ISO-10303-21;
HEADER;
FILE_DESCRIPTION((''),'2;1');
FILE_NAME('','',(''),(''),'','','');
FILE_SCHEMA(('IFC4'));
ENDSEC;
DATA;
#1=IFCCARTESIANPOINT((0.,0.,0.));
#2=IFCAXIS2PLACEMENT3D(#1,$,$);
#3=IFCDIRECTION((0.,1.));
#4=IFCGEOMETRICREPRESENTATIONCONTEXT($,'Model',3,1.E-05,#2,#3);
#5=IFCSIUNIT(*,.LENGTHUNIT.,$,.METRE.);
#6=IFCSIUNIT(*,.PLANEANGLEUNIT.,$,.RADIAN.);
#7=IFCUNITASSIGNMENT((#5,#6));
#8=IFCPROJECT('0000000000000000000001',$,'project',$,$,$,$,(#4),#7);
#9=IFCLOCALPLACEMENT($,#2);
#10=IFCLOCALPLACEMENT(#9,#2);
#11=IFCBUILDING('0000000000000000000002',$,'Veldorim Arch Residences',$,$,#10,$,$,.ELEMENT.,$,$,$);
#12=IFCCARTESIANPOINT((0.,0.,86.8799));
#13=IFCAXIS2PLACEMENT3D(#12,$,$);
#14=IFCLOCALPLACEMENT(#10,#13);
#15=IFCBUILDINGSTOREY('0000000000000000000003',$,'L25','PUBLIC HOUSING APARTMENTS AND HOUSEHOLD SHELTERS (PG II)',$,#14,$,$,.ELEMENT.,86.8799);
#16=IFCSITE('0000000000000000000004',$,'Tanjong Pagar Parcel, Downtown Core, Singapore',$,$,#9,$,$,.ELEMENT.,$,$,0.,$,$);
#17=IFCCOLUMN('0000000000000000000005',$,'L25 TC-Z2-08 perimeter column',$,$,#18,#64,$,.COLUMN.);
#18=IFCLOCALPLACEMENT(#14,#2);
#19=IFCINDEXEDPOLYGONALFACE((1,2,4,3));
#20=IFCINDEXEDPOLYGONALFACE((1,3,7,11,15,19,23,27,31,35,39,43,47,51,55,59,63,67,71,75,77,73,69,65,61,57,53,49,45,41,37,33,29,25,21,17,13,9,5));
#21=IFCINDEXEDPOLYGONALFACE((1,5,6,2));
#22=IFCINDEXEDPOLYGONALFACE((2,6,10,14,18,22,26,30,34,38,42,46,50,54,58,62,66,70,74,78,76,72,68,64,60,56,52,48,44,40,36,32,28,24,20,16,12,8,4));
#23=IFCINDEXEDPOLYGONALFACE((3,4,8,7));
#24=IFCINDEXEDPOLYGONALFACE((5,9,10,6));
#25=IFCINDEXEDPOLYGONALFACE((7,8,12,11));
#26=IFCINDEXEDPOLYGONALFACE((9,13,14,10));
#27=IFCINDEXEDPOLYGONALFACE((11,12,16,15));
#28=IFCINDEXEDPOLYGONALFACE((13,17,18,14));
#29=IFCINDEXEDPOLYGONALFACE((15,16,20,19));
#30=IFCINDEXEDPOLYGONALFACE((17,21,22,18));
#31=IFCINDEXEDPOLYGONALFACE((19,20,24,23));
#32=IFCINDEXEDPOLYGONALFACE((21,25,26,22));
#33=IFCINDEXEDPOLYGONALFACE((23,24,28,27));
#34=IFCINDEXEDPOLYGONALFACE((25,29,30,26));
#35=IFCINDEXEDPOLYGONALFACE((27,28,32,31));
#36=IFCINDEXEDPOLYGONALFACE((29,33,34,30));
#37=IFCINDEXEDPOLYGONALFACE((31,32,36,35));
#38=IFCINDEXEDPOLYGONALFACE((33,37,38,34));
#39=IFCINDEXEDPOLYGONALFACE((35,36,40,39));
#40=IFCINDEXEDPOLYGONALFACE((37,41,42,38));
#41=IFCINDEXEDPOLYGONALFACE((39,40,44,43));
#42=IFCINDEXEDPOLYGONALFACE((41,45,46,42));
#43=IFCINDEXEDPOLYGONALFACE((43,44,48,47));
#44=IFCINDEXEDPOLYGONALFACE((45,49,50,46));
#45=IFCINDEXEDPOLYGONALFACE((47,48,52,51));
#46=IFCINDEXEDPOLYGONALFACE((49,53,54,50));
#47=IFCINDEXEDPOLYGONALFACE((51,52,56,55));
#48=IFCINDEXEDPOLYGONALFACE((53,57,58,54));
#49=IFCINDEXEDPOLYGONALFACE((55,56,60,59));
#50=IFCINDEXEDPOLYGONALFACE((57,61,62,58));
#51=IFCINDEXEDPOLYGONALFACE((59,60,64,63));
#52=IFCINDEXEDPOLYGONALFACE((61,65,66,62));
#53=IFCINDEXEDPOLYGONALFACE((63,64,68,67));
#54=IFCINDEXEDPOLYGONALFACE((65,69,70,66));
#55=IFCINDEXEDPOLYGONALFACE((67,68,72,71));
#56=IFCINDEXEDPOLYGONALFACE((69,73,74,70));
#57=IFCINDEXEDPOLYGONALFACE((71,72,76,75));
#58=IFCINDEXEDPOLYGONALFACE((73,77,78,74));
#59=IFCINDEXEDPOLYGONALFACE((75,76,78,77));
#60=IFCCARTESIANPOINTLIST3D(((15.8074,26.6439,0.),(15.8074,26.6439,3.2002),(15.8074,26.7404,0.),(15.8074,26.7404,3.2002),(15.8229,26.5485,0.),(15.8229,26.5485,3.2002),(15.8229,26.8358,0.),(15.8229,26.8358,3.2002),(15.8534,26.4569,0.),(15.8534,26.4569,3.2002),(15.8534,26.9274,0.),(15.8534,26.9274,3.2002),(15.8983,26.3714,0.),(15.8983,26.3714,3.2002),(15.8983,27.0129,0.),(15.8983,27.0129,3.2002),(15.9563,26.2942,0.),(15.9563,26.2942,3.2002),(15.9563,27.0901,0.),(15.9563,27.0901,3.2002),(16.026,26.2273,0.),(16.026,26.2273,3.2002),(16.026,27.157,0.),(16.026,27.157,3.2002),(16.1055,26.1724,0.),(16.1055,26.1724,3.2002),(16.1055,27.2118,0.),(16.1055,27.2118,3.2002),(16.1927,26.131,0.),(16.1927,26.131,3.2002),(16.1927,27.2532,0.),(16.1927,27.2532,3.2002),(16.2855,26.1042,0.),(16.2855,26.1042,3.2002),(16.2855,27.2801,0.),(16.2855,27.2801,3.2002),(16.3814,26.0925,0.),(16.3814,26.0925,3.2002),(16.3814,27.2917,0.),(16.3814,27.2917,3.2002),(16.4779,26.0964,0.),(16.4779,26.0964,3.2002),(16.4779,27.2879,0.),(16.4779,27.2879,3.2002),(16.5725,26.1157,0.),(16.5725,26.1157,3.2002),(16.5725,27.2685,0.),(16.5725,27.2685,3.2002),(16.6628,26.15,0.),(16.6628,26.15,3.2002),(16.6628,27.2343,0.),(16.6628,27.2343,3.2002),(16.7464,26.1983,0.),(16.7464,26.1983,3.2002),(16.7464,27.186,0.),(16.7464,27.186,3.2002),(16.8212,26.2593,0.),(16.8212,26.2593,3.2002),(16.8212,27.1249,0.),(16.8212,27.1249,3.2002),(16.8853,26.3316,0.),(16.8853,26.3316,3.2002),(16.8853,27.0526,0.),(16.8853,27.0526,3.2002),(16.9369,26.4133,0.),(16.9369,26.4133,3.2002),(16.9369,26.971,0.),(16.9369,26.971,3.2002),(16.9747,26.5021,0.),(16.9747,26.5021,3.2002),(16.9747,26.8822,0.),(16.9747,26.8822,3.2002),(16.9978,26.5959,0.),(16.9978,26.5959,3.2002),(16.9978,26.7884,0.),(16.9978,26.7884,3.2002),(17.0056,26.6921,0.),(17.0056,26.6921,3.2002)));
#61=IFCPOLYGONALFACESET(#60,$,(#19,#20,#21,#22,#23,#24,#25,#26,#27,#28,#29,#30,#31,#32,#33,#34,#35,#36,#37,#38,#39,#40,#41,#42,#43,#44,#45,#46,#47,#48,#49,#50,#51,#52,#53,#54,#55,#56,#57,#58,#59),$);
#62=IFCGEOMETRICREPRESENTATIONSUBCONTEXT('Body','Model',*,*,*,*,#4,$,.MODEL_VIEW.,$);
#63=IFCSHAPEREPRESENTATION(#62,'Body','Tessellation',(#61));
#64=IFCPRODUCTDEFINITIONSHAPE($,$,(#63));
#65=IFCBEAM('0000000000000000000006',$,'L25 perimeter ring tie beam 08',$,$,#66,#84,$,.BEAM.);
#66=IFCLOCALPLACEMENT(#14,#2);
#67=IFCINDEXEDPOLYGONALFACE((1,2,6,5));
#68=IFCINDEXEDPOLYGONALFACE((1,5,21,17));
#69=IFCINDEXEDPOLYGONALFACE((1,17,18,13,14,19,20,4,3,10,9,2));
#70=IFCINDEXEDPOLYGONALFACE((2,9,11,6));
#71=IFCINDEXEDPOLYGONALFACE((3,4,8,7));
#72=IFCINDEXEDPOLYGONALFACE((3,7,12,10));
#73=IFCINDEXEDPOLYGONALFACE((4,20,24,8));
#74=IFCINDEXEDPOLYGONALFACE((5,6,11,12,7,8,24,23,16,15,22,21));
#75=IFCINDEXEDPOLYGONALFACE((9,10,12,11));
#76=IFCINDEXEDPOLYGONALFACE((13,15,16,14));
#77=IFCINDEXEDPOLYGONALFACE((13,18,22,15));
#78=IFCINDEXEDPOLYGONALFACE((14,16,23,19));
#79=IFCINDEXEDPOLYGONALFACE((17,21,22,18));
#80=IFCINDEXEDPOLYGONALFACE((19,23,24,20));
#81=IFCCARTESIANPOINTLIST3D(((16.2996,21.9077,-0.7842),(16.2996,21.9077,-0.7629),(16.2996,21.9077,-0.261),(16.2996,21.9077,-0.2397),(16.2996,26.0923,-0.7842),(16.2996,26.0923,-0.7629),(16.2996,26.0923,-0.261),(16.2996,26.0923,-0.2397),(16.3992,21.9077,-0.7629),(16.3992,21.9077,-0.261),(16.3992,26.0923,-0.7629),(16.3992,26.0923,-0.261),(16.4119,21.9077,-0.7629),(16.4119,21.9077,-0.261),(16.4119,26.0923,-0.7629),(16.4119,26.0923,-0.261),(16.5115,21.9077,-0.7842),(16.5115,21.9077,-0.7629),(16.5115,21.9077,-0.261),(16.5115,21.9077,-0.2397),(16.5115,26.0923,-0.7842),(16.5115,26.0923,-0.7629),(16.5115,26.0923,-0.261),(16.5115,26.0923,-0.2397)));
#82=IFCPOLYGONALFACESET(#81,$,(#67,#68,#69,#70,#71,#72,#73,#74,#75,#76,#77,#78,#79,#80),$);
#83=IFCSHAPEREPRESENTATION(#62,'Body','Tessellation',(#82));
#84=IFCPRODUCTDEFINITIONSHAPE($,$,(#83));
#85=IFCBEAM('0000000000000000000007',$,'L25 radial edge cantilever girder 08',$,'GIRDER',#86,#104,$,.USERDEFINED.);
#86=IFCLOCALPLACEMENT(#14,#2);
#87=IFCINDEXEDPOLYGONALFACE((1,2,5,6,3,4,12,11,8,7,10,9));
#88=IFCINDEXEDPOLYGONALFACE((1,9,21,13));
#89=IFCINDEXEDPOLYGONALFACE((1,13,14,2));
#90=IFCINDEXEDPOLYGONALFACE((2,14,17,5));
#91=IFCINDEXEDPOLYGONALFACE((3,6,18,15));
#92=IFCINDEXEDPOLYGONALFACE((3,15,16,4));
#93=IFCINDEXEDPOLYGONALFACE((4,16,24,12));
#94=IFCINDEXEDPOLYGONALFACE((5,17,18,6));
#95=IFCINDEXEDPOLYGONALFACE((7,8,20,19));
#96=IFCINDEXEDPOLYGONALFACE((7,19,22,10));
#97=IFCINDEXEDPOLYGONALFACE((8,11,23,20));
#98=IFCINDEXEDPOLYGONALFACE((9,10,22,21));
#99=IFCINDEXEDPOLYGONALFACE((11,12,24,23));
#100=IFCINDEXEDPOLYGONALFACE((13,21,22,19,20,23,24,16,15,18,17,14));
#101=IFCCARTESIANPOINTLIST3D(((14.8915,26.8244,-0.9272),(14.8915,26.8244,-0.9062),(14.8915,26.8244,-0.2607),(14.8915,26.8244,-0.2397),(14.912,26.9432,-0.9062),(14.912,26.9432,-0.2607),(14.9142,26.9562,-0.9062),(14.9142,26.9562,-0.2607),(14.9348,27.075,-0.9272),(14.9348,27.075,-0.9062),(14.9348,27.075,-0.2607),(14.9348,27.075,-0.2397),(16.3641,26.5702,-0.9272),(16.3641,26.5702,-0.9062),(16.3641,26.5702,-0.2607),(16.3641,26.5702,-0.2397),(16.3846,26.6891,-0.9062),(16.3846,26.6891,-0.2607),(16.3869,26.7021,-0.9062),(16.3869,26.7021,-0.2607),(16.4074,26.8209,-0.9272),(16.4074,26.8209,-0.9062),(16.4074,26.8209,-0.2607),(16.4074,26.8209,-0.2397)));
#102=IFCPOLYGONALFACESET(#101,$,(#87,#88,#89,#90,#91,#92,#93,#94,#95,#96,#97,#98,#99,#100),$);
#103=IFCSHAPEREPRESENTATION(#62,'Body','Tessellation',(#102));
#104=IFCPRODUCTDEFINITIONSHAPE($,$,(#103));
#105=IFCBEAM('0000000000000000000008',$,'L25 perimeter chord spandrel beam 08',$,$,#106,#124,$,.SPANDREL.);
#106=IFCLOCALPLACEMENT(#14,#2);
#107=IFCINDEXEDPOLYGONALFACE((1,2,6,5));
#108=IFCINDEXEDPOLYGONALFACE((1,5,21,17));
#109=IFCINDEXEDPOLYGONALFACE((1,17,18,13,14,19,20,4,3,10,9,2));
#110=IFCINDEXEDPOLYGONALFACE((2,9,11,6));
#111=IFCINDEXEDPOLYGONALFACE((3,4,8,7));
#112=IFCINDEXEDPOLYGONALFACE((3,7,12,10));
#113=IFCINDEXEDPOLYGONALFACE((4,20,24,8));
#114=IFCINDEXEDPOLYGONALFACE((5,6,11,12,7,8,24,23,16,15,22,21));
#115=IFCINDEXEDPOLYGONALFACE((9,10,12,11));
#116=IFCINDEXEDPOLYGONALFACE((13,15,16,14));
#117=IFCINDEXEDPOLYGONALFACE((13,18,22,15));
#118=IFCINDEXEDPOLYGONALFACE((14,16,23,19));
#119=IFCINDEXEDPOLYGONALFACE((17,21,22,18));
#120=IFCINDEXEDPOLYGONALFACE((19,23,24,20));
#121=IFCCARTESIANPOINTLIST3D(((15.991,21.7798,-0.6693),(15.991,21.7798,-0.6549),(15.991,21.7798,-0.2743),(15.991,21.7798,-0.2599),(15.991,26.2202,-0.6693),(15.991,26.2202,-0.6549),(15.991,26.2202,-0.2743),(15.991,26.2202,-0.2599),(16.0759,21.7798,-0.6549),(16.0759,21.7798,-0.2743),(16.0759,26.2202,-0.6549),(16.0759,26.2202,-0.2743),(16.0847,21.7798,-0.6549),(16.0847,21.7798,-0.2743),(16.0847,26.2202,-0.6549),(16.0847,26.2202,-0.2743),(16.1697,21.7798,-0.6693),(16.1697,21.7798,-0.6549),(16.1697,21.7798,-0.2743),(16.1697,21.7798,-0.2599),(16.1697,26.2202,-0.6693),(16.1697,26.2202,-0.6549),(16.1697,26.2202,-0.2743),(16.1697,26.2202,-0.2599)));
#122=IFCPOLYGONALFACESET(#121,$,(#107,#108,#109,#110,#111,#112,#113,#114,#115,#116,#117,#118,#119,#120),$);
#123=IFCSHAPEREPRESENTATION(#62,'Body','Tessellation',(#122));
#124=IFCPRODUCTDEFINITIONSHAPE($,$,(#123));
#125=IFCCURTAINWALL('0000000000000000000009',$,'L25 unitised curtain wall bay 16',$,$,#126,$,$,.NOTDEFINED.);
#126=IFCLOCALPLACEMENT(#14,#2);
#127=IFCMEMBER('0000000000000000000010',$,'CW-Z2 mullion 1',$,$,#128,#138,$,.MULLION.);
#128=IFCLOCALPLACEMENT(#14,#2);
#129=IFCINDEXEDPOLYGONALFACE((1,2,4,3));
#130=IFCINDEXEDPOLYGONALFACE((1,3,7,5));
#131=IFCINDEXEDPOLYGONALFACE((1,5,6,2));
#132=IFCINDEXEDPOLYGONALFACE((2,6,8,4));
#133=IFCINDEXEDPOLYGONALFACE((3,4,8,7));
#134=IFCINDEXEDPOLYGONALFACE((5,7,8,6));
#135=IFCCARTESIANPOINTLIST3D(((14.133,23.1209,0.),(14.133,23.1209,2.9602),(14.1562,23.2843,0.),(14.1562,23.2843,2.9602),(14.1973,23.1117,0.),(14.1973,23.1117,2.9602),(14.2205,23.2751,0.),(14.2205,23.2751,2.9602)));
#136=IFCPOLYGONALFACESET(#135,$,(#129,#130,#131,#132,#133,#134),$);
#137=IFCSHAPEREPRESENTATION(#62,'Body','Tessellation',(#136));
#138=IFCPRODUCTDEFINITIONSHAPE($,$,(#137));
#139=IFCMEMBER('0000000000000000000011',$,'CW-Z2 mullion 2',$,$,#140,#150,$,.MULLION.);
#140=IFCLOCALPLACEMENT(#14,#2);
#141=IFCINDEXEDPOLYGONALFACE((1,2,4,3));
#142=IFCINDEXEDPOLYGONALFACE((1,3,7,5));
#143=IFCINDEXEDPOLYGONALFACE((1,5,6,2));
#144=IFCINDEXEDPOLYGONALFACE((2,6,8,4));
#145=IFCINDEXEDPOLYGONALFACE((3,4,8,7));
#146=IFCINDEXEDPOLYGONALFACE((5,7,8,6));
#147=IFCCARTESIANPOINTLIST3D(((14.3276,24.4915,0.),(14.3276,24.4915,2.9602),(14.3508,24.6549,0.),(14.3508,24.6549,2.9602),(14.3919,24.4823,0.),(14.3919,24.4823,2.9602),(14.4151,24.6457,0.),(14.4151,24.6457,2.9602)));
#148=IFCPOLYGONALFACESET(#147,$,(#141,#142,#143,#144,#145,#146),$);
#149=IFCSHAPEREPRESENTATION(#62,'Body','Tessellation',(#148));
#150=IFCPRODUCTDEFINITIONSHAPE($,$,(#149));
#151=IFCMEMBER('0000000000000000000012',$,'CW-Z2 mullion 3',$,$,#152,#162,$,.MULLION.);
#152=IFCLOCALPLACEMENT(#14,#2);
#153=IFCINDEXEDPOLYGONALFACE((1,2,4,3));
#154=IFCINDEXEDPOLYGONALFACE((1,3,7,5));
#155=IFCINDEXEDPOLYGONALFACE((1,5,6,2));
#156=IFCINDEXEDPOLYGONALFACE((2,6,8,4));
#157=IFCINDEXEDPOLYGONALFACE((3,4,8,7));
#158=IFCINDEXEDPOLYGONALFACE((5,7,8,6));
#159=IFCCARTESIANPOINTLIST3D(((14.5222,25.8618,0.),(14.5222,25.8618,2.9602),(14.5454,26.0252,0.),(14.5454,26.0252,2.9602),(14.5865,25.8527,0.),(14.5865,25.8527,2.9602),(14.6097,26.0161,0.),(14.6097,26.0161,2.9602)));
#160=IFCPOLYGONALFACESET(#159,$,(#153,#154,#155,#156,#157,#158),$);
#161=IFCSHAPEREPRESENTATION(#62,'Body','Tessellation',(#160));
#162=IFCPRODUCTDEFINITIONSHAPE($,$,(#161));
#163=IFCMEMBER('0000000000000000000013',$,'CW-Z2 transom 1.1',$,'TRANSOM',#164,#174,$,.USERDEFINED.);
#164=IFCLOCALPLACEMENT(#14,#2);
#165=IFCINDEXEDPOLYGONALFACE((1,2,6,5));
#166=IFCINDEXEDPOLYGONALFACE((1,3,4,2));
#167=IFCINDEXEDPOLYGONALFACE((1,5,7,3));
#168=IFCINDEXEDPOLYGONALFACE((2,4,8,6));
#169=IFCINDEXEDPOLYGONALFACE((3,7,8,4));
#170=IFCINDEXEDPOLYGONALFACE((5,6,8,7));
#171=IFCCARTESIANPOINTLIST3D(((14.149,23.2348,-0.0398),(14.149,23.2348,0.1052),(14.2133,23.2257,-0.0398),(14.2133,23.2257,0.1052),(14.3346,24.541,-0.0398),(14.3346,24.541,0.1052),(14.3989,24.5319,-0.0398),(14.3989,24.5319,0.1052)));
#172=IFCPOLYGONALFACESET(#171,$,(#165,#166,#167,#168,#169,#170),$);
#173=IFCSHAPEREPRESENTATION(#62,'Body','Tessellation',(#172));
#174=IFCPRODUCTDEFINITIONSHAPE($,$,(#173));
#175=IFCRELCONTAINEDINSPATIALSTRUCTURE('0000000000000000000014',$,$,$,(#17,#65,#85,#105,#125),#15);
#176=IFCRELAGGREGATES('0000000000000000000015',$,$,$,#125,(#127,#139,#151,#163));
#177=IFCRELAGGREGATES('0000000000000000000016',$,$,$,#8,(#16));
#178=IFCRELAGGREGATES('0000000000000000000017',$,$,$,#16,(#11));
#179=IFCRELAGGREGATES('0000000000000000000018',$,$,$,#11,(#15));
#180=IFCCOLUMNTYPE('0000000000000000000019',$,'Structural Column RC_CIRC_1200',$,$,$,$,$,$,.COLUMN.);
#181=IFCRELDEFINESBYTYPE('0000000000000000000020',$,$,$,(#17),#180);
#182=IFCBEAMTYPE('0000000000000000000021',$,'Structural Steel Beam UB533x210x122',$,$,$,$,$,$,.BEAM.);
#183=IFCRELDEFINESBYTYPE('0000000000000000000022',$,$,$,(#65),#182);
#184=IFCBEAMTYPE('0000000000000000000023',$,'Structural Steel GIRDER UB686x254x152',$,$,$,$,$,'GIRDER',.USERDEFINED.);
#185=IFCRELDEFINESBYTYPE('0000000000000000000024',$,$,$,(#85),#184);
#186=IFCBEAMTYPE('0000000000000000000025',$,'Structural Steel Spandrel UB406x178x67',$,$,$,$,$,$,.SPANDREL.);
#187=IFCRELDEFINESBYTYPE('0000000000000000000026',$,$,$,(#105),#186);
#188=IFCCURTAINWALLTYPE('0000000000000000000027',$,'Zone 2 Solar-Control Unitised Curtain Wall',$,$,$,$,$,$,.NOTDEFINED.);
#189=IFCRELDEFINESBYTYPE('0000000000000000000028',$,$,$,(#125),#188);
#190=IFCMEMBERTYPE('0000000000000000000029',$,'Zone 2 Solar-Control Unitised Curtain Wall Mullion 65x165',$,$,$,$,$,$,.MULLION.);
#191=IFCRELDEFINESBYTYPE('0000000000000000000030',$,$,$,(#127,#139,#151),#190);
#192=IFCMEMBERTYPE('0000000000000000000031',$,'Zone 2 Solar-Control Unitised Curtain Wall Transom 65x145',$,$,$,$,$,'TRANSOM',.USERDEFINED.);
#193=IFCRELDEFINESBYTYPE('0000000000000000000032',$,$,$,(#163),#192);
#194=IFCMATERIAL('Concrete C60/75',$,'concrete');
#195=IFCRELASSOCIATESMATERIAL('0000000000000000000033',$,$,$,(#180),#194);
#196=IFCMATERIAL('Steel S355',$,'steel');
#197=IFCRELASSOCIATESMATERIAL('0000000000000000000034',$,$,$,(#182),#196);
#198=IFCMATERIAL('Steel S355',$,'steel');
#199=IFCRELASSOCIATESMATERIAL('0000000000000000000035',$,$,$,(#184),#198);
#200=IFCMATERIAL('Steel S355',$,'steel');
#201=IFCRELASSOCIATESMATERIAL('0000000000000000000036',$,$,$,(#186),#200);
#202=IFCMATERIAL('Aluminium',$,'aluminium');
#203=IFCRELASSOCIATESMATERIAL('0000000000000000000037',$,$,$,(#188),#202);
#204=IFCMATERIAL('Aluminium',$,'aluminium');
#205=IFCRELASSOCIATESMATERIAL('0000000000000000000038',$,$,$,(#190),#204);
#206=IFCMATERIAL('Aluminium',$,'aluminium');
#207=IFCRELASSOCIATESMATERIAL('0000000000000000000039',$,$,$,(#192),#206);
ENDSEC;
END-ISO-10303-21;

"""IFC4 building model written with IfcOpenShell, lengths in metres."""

from ifc_helpers import new_model, si_unit, direction, frame, origin, origin_2d, place, context, subcontext, project, spatial, rectangle, circle, i_section, extrude, material, material_profile, profile_set, type_object, element, aggregate, save


model = new_model("IFC4")

# Units and contexts
model_context = context("Model", 3, precision=1e-05, world=origin(), true_north=direction((0.0, 1.0)))
body_context = subcontext(model_context, "Body", "Model", "MODEL_VIEW")
ifc_project = project(units=[si_unit("LENGTHUNIT", "METRE"), si_unit("PLANEANGLEUNIT", "RADIAN")], contexts=[model_context])

# Site, building, storey
site_placement = place(None, origin())
site = spatial("IfcSite", under=ifc_project, at=site_placement, Name="Tanjong Pagar Parcel, Downtown Core, Singapore", CompositionType="ELEMENT", RefElevation=0.0)
building_placement = place(site_placement, origin())
building = spatial("IfcBuilding", under=site, at=building_placement, Name="Veldorim Arch Residences", CompositionType="ELEMENT")
storey_placement = place(building_placement, frame((0.0, 0.0, 86.8799)))
storey = spatial("IfcBuildingStorey", under=building, at=storey_placement, Name="L25", Description="PUBLIC HOUSING APARTMENTS AND HOUSEHOLD SHELTERS (PG II)", CompositionType="ELEMENT", Elevation=86.8799)

# Column
ifc_material_1 = material(Name="Concrete C60/75", Category="concrete")
ifc_material_profile_1 = material_profile(ifc_material_1, circle(Radius=0.6001, at=origin_2d()), Name="RC_CIRC_1200")
ifc_profile_set_1 = profile_set([ifc_material_profile_1], Name="Concrete C60/75")
column_type = type_object("IfcColumnType", Name="Structural Column RC_CIRC_1200", PredefinedType="COLUMN", material=ifc_profile_set_1)
column_placement = place(storey_placement, frame((16.4055, 26.6921, 0.0), z_axis=(0.0, 0.0, 1.0), x_axis=(1.0, 0.0, 0.0)))
element("IfcColumn", 1, at=column_placement, inside=storey, type_object=column_type, Name="L25 TC-Z2-08 perimeter column", PredefinedType="COLUMN", context=body_context, shape_type="SweptSolid", body=[
    extrude(circle(Radius=0.6001, at=origin_2d()), origin(), (0.0, 0.0, 1.0), 3.2002),
])

# Beams
ifc_material_2 = material(Name="Steel S355", Category="steel")
ifc_material_profile_2 = material_profile(ifc_material_2, i_section(OverallWidth=0.2119, OverallDepth=0.5444, WebThickness=0.0127, FlangeThickness=0.0212, at=origin_2d()), Name="UB533x210x122")
ifc_profile_set_2 = profile_set([ifc_material_profile_2], Name="Steel S355")
beam_type_1 = type_object("IfcBeamType", Name="Structural Steel Beam UB533x210x122", PredefinedType="BEAM", material=ifc_profile_set_2)
beam_1_placement = place(storey_placement, frame((16.4055, 26.0923, -0.512), z_axis=(0.0, -1.0, 0.0), x_axis=(1.0, 0.0, 0.0)))
element("IfcBeam", 2, at=beam_1_placement, inside=storey, type_object=beam_type_1, Name="L25 perimeter ring tie beam 08", PredefinedType="BEAM", context=body_context, shape_type="SweptSolid", body=[
    extrude(i_section(OverallWidth=0.2119, OverallDepth=0.5444, WebThickness=0.0127, FlangeThickness=0.0212, at=origin_2d()), origin(), (0.0, 0.0, 1.0), 4.1846),
])
ifc_material_3 = material(Name="Steel S355", Category="steel")
ifc_material_profile_3 = material_profile(ifc_material_3, i_section(OverallWidth=0.2544, OverallDepth=0.6875, WebThickness=0.0132, FlangeThickness=0.021, at=origin_2d()), Name="UB686x254x152")
ifc_profile_set_3 = profile_set([ifc_material_profile_3], Name="Steel S355")
beam_type_2 = type_object("IfcBeamType", Name="Structural Steel GIRDER UB686x254x152", ElementType="GIRDER", PredefinedType="USERDEFINED", material=ifc_profile_set_3)
beam_2_placement = place(storey_placement, frame((16.3857, 26.6956, -0.5835), z_axis=(-0.985433, 0.170066, 0.0), x_axis=(-0.170066, -0.985433, 0.0)))
element("IfcBeam", 3, at=beam_2_placement, inside=storey, type_object=beam_type_2, Name="L25 radial edge cantilever girder 08", ObjectType="GIRDER", PredefinedType="USERDEFINED", context=body_context, shape_type="SweptSolid", body=[
    extrude(i_section(OverallWidth=0.2544, OverallDepth=0.6875, WebThickness=0.0132, FlangeThickness=0.021, at=origin_2d()), origin(), (0.0, 0.0, 1.0), 1.4944),
])
ifc_material_4 = material(Name="Steel S355", Category="steel")
ifc_material_profile_4 = material_profile(ifc_material_4, i_section(OverallWidth=0.1787, OverallDepth=0.4094, WebThickness=0.0088, FlangeThickness=0.0144, at=origin_2d()), Name="UB406x178x67")
ifc_profile_set_4 = profile_set([ifc_material_profile_4], Name="Steel S355")
beam_type_3 = type_object("IfcBeamType", Name="Structural Steel Spandrel UB406x178x67", PredefinedType="SPANDREL", material=ifc_profile_set_4)
beam_3_placement = place(storey_placement, frame((16.0803, 26.2202, -0.4646), z_axis=(0.0, -1.0, 0.0), x_axis=(1.0, 0.0, 0.0)))
element("IfcBeam", 4, at=beam_3_placement, inside=storey, type_object=beam_type_3, Name="L25 perimeter chord spandrel beam 08", PredefinedType="SPANDREL", context=body_context, shape_type="SweptSolid", body=[
    extrude(i_section(OverallWidth=0.1787, OverallDepth=0.4094, WebThickness=0.0088, FlangeThickness=0.0144, at=origin_2d()), origin(), (0.0, 0.0, 1.0), 4.4404),
])

# Curtain wall, members
ifc_material_5 = material(Name="Aluminium", Category="aluminium")
curtain_wall_type = type_object("IfcCurtainWallType", Name="Zone 2 Solar-Control Unitised Curtain Wall", PredefinedType="NOTDEFINED", material=ifc_material_5)
curtain_wall_placement = place(storey_placement, origin())
curtain_wall = element("IfcCurtainWall", 5, at=curtain_wall_placement, inside=storey, type_object=curtain_wall_type, Name="L25 unitised curtain wall bay 16", PredefinedType="NOTDEFINED")
ifc_material_6 = material(Name="Aluminium", Category="aluminium")
ifc_material_profile_5 = material_profile(ifc_material_6, rectangle(XDim=0.0649, YDim=0.165, at=origin_2d()), Name="ALU_MUL_65x165")
ifc_profile_set_5 = profile_set([ifc_material_profile_5], Name="Aluminium")
member_type_1 = type_object("IfcMemberType", Name="Zone 2 Solar-Control Unitised Curtain Wall Mullion 65x165", PredefinedType="MULLION", material=ifc_profile_set_5)
member_1_placement = place(storey_placement, frame((14.1768, 23.198, 0.0), z_axis=(0.0, 0.0, 1.0), x_axis=(-0.990071, 0.140571, 0.0)))
member_1 = element("IfcMember", 6, at=member_1_placement, type_object=member_type_1, Name="CW-Z2 mullion 1", PredefinedType="MULLION", context=body_context, shape_type="SweptSolid", body=[
    extrude(rectangle(XDim=0.0649, YDim=0.165, at=origin_2d()), origin(), (0.0, 0.0, 1.0), 2.9602),
])
member_2_placement = place(storey_placement, frame((14.3713, 24.5686, 0.0), z_axis=(0.0, 0.0, 1.0), x_axis=(-0.990071, 0.140571, 0.0)))
member_2 = element("IfcMember", 7, at=member_2_placement, type_object=member_type_1, Name="CW-Z2 mullion 2", PredefinedType="MULLION", context=body_context, shape_type="SweptSolid", body=[
    extrude(rectangle(XDim=0.0649, YDim=0.165, at=origin_2d()), origin(), (0.0, 0.0, 1.0), 2.9602),
])
member_3_placement = place(storey_placement, frame((14.5659, 25.939, 0.0), z_axis=(0.0, 0.0, 1.0), x_axis=(-0.990071, 0.140571, 0.0)))
member_3 = element("IfcMember", 8, at=member_3_placement, type_object=member_type_1, Name="CW-Z2 mullion 3", PredefinedType="MULLION", context=body_context, shape_type="SweptSolid", body=[
    extrude(rectangle(XDim=0.0649, YDim=0.165, at=origin_2d()), origin(), (0.0, 0.0, 1.0), 2.9602),
])
ifc_material_7 = material(Name="Aluminium", Category="aluminium")
ifc_material_profile_6 = material_profile(ifc_material_7, rectangle(XDim=0.0649, YDim=0.145, at=origin_2d()), Name="ALU_TRN_65x145")
ifc_profile_set_6 = profile_set([ifc_material_profile_6], Name="Aluminium")
member_type_2 = type_object("IfcMemberType", Name="Zone 2 Solar-Control Unitised Curtain Wall Transom 65x145", ElementType="TRANSOM", PredefinedType="USERDEFINED", material=ifc_profile_set_6)
member_4_placement = place(storey_placement, frame((14.1812, 23.2302, 0.0327), z_axis=(0.140644, 0.99006, 0.0), x_axis=(-0.99006, 0.140644, 0.0)))
member_4 = element("IfcMember", 9, at=member_4_placement, type_object=member_type_2, Name="CW-Z2 transom 1.1", ObjectType="TRANSOM", PredefinedType="USERDEFINED", context=body_context, shape_type="SweptSolid", body=[
    extrude(rectangle(XDim=0.0649, YDim=0.145, at=origin_2d()), origin(), (0.0, 0.0, 1.0), 1.3193),
])
aggregate(curtain_wall, [member_1, member_2, member_3, member_4])

save(model, "model.ifc")
